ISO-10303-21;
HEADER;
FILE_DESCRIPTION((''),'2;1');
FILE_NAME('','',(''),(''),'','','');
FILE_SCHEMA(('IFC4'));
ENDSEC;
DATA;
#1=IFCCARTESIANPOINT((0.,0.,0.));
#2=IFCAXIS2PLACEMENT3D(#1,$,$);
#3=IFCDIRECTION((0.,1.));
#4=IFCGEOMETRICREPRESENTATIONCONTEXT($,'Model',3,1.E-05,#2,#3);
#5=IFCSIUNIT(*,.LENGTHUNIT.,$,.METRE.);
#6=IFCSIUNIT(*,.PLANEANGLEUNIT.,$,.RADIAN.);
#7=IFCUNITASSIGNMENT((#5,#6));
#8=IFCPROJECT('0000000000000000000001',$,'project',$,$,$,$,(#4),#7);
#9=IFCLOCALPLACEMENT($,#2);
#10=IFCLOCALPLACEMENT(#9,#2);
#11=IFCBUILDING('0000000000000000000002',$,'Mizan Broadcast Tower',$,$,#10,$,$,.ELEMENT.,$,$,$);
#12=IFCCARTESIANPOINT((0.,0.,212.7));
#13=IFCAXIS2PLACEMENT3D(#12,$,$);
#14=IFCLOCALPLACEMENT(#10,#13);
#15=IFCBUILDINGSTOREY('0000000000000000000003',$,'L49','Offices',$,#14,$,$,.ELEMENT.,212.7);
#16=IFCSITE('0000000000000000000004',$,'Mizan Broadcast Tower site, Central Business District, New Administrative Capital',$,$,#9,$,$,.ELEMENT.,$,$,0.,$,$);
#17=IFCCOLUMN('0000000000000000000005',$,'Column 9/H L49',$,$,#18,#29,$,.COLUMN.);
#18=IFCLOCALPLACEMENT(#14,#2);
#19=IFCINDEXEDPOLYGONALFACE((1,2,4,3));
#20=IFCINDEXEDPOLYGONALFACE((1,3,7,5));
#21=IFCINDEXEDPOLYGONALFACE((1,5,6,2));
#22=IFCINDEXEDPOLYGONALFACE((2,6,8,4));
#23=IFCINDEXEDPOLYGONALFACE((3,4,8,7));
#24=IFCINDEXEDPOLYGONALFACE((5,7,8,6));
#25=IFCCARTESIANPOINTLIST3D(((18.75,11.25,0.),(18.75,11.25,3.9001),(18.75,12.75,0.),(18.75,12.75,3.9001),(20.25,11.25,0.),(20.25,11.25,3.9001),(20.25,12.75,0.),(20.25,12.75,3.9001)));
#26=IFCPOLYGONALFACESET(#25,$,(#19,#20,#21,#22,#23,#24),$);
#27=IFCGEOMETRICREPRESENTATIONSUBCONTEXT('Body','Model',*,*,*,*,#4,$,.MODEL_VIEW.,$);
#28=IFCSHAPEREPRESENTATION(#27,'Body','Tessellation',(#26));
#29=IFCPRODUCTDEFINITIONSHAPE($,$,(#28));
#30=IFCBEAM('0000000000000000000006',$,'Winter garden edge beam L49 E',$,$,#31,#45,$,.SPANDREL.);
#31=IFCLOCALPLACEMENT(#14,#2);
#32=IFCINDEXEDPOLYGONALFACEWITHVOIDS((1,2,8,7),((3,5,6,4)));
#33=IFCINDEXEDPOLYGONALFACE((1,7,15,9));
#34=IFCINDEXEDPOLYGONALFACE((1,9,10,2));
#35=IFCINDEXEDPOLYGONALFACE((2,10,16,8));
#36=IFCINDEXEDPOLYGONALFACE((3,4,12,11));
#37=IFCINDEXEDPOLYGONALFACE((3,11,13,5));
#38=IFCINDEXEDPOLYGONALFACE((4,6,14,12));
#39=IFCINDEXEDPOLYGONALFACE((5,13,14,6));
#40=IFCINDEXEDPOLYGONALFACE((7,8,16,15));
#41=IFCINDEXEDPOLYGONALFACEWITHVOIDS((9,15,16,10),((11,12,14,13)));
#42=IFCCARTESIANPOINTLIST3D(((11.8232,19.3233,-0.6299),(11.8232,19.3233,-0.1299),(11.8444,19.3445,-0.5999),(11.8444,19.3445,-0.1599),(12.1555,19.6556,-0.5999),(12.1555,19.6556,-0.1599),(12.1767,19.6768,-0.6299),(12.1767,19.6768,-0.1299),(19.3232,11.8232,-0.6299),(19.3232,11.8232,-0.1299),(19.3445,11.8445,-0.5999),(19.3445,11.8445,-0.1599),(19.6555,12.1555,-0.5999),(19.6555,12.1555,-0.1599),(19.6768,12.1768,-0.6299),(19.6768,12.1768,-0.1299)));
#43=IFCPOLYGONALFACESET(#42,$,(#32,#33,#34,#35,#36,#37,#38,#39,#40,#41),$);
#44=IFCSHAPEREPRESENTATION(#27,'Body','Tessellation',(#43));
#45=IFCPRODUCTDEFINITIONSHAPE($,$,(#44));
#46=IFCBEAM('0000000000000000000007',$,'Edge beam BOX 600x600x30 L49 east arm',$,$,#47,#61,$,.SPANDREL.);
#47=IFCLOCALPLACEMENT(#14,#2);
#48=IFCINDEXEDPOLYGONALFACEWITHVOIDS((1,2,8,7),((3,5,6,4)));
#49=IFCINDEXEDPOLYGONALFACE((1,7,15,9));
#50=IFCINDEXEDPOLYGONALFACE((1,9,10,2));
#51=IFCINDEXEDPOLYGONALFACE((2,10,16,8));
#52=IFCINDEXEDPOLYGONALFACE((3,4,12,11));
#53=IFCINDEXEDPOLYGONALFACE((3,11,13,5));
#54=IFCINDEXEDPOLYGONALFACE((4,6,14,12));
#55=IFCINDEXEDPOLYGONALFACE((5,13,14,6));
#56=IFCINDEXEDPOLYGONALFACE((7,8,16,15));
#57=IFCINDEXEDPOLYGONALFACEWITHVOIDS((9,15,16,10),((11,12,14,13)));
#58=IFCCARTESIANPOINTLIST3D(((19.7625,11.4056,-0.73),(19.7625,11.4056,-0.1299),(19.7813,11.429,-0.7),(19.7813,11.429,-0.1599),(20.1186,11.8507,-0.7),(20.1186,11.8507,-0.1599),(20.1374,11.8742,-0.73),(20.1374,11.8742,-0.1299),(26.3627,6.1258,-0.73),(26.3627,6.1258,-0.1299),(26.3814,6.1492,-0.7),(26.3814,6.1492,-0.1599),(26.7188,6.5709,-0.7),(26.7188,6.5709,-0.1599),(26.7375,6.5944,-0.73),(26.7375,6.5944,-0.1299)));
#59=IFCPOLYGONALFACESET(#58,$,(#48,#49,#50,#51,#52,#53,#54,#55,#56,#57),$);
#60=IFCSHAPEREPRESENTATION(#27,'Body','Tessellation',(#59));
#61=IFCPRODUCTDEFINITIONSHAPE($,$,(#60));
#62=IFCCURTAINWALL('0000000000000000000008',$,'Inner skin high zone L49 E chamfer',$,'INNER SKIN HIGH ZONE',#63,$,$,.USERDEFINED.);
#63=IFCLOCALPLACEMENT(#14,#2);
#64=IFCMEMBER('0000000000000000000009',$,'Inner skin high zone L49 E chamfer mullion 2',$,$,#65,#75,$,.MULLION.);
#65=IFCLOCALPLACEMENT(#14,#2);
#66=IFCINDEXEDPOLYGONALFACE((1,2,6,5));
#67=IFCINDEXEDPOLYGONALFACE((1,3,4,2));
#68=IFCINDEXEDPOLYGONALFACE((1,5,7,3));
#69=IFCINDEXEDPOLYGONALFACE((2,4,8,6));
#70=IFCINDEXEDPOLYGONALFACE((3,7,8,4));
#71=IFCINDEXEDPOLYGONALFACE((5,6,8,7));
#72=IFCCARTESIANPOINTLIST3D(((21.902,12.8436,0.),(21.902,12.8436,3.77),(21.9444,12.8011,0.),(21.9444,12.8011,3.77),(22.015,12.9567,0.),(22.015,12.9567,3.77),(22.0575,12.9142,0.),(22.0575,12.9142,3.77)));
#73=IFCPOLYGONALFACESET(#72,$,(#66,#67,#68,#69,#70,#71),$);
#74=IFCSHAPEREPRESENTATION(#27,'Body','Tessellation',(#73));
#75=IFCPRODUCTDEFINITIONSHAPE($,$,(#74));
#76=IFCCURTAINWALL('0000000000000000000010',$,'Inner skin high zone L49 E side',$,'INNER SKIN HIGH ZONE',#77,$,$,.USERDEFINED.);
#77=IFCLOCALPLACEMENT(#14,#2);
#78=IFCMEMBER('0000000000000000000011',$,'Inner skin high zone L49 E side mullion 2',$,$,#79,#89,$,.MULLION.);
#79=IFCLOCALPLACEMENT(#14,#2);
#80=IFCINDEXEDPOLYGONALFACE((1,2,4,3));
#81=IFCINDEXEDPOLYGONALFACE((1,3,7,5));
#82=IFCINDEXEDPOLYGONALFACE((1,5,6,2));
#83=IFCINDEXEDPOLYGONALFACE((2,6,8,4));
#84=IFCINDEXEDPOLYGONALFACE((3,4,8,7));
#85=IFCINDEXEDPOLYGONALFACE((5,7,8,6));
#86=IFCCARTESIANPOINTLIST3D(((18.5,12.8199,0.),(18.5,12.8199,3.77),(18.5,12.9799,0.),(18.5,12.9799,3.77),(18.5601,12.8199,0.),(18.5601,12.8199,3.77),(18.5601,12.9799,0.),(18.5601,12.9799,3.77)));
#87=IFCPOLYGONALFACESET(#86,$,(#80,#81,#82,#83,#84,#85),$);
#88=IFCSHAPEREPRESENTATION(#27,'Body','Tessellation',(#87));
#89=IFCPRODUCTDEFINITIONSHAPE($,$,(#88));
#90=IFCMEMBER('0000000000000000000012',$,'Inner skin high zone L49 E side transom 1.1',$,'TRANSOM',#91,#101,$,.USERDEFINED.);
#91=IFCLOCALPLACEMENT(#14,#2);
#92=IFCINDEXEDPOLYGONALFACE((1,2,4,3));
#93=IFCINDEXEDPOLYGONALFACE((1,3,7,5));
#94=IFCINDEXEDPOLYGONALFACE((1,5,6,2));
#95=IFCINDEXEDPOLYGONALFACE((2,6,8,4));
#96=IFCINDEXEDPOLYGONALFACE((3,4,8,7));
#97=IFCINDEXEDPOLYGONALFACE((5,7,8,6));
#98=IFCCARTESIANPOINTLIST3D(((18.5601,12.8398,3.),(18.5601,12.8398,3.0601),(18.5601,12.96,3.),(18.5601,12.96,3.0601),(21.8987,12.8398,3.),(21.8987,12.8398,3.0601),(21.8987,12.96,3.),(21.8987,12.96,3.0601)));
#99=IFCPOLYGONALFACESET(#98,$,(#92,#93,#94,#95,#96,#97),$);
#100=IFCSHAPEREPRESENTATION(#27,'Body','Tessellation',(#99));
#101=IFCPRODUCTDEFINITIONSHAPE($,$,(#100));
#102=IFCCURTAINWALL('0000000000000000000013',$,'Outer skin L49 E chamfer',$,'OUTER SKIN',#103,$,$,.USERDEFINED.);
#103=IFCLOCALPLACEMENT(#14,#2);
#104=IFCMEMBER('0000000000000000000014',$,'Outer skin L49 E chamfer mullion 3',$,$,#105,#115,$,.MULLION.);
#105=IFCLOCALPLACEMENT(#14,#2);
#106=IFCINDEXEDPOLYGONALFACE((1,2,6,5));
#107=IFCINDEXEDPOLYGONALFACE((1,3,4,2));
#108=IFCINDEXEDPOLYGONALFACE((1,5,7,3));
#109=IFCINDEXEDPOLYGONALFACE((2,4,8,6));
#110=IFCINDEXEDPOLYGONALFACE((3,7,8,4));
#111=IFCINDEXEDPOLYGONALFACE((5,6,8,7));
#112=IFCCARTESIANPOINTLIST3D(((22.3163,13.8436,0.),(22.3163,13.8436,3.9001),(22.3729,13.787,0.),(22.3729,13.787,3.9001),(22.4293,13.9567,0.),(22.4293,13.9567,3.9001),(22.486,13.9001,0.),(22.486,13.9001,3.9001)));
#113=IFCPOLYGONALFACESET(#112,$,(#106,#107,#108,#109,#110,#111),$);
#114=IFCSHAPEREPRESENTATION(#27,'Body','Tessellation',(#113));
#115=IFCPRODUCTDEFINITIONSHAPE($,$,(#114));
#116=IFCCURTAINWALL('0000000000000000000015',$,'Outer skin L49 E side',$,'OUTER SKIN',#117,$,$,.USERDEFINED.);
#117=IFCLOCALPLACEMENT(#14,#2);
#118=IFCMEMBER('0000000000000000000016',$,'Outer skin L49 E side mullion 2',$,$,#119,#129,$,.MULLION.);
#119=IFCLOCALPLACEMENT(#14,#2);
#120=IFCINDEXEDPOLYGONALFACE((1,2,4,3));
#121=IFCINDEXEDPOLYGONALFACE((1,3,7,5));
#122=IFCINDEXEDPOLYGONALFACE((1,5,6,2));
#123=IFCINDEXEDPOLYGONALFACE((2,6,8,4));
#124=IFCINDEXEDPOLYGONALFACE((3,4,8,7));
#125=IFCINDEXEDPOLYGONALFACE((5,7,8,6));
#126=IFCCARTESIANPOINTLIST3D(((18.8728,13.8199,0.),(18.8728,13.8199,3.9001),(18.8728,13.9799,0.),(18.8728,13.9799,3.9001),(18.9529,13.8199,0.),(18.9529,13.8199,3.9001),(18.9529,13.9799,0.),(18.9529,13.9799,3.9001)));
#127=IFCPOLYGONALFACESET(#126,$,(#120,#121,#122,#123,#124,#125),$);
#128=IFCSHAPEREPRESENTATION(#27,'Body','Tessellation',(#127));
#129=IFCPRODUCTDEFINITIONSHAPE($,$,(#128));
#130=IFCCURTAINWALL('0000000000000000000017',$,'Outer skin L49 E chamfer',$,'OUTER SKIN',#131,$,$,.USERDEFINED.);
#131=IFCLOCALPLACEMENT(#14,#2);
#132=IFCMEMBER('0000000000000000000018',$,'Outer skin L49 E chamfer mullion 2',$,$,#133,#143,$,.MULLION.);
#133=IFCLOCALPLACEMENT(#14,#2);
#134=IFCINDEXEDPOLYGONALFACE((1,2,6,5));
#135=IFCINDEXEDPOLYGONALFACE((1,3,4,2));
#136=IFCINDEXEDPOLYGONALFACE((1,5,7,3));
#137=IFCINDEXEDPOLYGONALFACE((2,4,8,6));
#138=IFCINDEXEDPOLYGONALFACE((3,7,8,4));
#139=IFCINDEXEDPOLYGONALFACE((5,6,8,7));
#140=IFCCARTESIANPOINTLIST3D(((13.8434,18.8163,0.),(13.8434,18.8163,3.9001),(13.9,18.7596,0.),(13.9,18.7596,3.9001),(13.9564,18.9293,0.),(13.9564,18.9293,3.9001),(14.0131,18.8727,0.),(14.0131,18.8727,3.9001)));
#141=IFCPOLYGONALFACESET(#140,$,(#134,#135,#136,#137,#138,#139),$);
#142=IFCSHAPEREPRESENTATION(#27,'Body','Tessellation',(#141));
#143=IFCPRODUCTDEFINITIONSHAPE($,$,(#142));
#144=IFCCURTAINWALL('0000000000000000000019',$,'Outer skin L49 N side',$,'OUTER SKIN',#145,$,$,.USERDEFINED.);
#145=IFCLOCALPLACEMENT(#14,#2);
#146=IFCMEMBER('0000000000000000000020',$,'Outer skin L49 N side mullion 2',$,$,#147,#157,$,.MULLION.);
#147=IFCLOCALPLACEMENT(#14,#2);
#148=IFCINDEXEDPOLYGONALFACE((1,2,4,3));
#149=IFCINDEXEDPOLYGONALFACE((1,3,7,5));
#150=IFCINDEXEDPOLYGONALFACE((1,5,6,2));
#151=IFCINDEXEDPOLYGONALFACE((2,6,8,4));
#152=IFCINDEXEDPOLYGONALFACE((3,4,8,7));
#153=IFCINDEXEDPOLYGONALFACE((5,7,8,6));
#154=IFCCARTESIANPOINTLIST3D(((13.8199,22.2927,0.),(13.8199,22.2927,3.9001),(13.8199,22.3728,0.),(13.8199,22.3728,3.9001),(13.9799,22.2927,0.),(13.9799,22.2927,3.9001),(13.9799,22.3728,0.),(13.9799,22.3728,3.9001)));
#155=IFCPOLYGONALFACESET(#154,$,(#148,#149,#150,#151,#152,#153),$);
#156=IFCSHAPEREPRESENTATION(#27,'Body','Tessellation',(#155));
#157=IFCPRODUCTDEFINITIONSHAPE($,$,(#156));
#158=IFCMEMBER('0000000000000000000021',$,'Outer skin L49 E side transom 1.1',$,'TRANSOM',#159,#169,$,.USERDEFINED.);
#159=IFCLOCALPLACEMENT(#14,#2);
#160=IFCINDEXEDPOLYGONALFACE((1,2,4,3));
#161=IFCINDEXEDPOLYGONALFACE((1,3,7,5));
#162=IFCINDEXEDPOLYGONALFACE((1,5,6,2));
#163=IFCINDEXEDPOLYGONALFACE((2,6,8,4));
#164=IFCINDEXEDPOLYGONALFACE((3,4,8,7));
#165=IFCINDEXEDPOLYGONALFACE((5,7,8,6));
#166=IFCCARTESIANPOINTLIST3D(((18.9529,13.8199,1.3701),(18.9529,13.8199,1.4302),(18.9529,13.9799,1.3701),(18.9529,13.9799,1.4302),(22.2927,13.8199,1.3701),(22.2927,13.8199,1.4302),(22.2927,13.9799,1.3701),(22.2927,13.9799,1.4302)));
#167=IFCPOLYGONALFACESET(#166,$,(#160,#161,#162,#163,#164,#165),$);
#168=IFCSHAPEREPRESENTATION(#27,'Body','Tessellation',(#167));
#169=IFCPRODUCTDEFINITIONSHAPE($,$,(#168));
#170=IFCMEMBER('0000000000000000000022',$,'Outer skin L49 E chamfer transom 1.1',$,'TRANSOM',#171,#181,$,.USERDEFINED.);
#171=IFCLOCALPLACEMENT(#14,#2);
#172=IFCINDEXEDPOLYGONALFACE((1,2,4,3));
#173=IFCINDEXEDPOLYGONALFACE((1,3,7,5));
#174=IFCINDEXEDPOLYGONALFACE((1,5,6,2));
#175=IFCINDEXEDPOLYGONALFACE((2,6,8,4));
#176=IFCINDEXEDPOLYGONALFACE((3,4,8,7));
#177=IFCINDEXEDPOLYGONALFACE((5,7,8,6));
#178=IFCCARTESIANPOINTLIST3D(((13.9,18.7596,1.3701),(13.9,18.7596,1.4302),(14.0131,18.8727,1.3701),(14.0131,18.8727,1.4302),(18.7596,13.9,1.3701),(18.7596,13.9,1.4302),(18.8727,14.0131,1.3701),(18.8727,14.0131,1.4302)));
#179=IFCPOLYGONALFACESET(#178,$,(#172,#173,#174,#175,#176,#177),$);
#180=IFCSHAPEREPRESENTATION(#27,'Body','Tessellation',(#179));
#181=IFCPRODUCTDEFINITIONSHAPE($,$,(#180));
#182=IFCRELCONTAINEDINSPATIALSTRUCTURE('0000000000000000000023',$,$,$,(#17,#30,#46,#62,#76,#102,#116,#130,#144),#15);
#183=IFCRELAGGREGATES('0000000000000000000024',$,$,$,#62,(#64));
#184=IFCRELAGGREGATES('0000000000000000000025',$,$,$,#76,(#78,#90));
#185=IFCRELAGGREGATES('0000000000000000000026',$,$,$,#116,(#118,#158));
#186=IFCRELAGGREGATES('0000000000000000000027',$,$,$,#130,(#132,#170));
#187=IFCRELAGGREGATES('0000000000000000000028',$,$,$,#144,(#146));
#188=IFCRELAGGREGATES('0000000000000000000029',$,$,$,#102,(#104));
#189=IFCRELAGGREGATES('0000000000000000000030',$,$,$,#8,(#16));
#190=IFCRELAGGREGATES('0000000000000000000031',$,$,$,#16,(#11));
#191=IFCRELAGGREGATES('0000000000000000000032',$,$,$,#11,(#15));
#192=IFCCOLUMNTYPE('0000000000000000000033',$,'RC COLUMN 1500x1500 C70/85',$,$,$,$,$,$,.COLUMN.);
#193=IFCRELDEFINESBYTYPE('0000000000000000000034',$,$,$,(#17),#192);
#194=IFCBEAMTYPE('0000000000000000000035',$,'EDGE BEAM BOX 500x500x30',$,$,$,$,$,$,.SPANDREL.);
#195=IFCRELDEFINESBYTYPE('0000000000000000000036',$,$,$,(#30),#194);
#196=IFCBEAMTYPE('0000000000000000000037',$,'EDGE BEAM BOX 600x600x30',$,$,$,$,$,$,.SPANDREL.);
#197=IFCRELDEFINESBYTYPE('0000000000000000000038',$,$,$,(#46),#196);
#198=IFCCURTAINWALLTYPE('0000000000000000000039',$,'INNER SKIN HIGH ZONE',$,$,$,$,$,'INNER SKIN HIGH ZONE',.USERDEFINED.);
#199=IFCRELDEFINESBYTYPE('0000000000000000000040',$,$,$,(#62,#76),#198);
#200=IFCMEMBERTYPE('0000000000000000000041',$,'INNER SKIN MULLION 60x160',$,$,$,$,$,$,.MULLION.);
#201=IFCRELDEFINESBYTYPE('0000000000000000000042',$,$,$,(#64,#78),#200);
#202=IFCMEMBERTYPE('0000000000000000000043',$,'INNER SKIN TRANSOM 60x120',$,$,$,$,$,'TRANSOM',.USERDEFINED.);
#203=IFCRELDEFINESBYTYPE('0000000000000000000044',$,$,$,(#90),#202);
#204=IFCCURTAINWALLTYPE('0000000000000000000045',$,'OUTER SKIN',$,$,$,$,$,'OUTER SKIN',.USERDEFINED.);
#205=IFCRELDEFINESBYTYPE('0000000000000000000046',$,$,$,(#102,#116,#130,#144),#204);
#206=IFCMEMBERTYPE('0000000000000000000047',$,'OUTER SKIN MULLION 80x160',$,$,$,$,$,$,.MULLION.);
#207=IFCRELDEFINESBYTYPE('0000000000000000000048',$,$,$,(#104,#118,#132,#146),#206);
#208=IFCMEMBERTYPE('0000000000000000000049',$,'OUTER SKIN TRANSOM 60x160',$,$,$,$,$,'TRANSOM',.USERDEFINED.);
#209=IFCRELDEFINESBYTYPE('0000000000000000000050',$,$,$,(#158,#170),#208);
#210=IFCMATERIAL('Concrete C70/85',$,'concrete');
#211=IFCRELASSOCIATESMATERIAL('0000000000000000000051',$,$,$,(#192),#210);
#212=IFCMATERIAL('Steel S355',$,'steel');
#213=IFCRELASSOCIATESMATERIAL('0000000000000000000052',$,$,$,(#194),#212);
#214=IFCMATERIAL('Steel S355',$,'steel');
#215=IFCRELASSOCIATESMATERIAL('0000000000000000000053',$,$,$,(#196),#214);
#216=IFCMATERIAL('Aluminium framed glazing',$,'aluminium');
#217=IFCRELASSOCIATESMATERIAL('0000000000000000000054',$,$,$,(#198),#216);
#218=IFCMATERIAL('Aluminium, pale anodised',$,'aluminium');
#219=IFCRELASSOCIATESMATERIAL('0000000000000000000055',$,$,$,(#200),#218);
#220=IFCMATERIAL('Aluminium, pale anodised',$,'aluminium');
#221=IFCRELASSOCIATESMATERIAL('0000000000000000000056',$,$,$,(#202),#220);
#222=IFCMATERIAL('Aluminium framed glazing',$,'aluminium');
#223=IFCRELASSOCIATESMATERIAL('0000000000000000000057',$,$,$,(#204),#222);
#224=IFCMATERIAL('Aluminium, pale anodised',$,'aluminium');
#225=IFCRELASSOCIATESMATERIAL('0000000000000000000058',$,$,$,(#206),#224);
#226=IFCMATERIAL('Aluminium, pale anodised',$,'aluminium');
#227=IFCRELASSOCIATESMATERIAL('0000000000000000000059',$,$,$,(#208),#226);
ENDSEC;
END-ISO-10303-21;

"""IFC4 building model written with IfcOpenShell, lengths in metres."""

from ifc_helpers import new_model, si_unit, direction, frame, origin, origin_2d, place, context, subcontext, project, spatial, rectangle, hollow_rectangle, extrude, material, material_profile, profile_set, type_object, element, aggregate, save


model = new_model("IFC4")

# Units and contexts
model_context = context("Model", 3, precision=1e-05, world=origin(), true_north=direction((0.0, 1.0)))
body_context = subcontext(model_context, "Body", "Model", "MODEL_VIEW")
ifc_project = project(units=[si_unit("LENGTHUNIT", "METRE"), si_unit("PLANEANGLEUNIT", "RADIAN")], contexts=[model_context])

# Site, building, storey
site_placement = place(None, origin())
site = spatial("IfcSite", under=ifc_project, at=site_placement, Name="Mizan Broadcast Tower site, Central Business District, New Administrative Capital", CompositionType="ELEMENT", RefElevation=0.0)
building_placement = place(site_placement, origin())
building = spatial("IfcBuilding", under=site, at=building_placement, Name="Mizan Broadcast Tower", CompositionType="ELEMENT")
storey_placement = place(building_placement, frame((0.0, 0.0, 212.7)))
storey = spatial("IfcBuildingStorey", under=building, at=storey_placement, Name="L49", Description="Offices", CompositionType="ELEMENT", Elevation=212.7)

# Column
ifc_material_1 = material(Name="Concrete C70/85", Category="concrete")
ifc_material_profile_1 = material_profile(ifc_material_1, rectangle(XDim=1.5, YDim=1.5, at=origin_2d()), Name="RC 1500x1500")
ifc_profile_set_1 = profile_set([ifc_material_profile_1], Name="Concrete C70/85")
column_type = type_object("IfcColumnType", Name="RC COLUMN 1500x1500 C70/85", PredefinedType="COLUMN", material=ifc_profile_set_1)
column_placement = place(storey_placement, frame((19.5, 12.0, 0.0), z_axis=(0.0, 0.0, 1.0), x_axis=(1.0, 0.0, 0.0)))
element("IfcColumn", 1, at=column_placement, inside=storey, type_object=column_type, Name="Column 9/H L49", PredefinedType="COLUMN", context=body_context, shape_type="SweptSolid", body=[
    extrude(rectangle(XDim=1.5, YDim=1.5, at=origin_2d()), origin(), (0.0, 0.0, 1.0), 3.9001),
])

# Beams
ifc_material_2 = material(Name="Steel S355", Category="steel")
ifc_material_profile_2 = material_profile(ifc_material_2, hollow_rectangle(XDim=0.5, YDim=0.5, WallThickness=0.03, at=origin_2d()), Name="BOX 500x500x30")
ifc_profile_set_2 = profile_set([ifc_material_profile_2], Name="Steel S355")
beam_type_1 = type_object("IfcBeamType", Name="EDGE BEAM BOX 500x500x30", PredefinedType="SPANDREL", material=ifc_profile_set_2)
beam_1_placement = place(storey_placement, frame((19.5, 12.0, -0.3799), z_axis=(-0.707107, 0.707107, 0.0), x_axis=(-0.707107, -0.707107, 0.0)))
element("IfcBeam", 2, at=beam_1_placement, inside=storey, type_object=beam_type_1, Name="Winter garden edge beam L49 E", PredefinedType="SPANDREL", context=body_context, shape_type="SweptSolid", body=[
    extrude(hollow_rectangle(XDim=0.5, YDim=0.5, WallThickness=0.03, at=origin_2d()), origin(), (0.0, 0.0, 1.0), 10.6067),
])
ifc_material_3 = material(Name="Steel S355", Category="steel")
ifc_material_profile_3 = material_profile(ifc_material_3, hollow_rectangle(XDim=0.6001, YDim=0.6001, WallThickness=0.03, at=origin_2d()), Name="BOX 600x600x30")
ifc_profile_set_3 = profile_set([ifc_material_profile_3], Name="Steel S355")
beam_type_2 = type_object("IfcBeamType", Name="EDGE BEAM BOX 600x600x30", PredefinedType="SPANDREL", material=ifc_profile_set_3)
beam_2_placement = place(storey_placement, frame((19.95, 11.6399, -0.4299), z_axis=(0.780886, -0.624674, 0.0), x_axis=(0.624674, 0.780886, 0.0)))
element("IfcBeam", 3, at=beam_2_placement, inside=storey, type_object=beam_type_2, Name="Edge beam BOX 600x600x30 L49 east arm", PredefinedType="SPANDREL", context=body_context, shape_type="SweptSolid", body=[
    extrude(hollow_rectangle(XDim=0.6001, YDim=0.6001, WallThickness=0.03, at=origin_2d()), origin(), (0.0, 0.0, 1.0), 8.4521),
])

# Curtain wall, member
ifc_material_4 = material(Name="Aluminium framed glazing", Category="aluminium")
curtain_wall_type_1 = type_object("IfcCurtainWallType", Name="INNER SKIN HIGH ZONE", ElementType="INNER SKIN HIGH ZONE", PredefinedType="USERDEFINED", material=ifc_material_4)
curtain_wall_1_placement = place(storey_placement, origin())
curtain_wall_1 = element("IfcCurtainWall", 4, at=curtain_wall_1_placement, inside=storey, type_object=curtain_wall_type_1, Name="Inner skin high zone L49 E chamfer", ObjectType="INNER SKIN HIGH ZONE", PredefinedType="USERDEFINED")
ifc_material_5 = material(Name="Aluminium, pale anodised", Category="aluminium")
ifc_material_profile_4 = material_profile(ifc_material_5, rectangle(XDim=0.1599, YDim=0.0601, at=origin_2d()), Name="MULLION 160x60")
ifc_profile_set_4 = profile_set([ifc_material_profile_4], Name="Aluminium, pale anodised")
member_type_1 = type_object("IfcMemberType", Name="INNER SKIN MULLION 60x160", PredefinedType="MULLION", material=ifc_profile_set_4)
member_1_placement = place(storey_placement, frame((21.9797, 12.8789, 0.0), z_axis=(0.0, 0.0, 1.0), x_axis=(-0.707107, -0.707107, 0.0)))
member_1 = element("IfcMember", 5, at=member_1_placement, type_object=member_type_1, Name="Inner skin high zone L49 E chamfer mullion 2", PredefinedType="MULLION", context=body_context, shape_type="SweptSolid", body=[
    extrude(rectangle(XDim=0.1599, YDim=0.0601, at=origin_2d()), origin(), (0.0, 0.0, 1.0), 3.77),
])
aggregate(curtain_wall_1, [member_1])

# Curtain wall, members
curtain_wall_2_placement = place(storey_placement, origin())
curtain_wall_2 = element("IfcCurtainWall", 6, at=curtain_wall_2_placement, inside=storey, type_object=curtain_wall_type_1, Name="Inner skin high zone L49 E side", ObjectType="INNER SKIN HIGH ZONE", PredefinedType="USERDEFINED")
member_2_placement = place(storey_placement, frame((18.53, 12.8999, 0.0), z_axis=(0.0, 0.0, 1.0), x_axis=(0.0, -1.0, 0.0)))
member_2 = element("IfcMember", 7, at=member_2_placement, type_object=member_type_1, Name="Inner skin high zone L49 E side mullion 2", PredefinedType="MULLION", context=body_context, shape_type="SweptSolid", body=[
    extrude(rectangle(XDim=0.1599, YDim=0.0601, at=origin_2d()), origin(), (0.0, 0.0, 1.0), 3.77),
])
ifc_material_6 = material(Name="Aluminium, pale anodised", Category="aluminium")
ifc_material_profile_5 = material_profile(ifc_material_6, rectangle(XDim=0.1201, YDim=0.0601, at=origin_2d()), Name="TRANSOM 120x60")
ifc_profile_set_5 = profile_set([ifc_material_profile_5], Name="Aluminium, pale anodised")
member_type_2 = type_object("IfcMemberType", Name="INNER SKIN TRANSOM 60x120", ElementType="TRANSOM", PredefinedType="USERDEFINED", material=ifc_profile_set_5)
member_3_placement = place(storey_placement, frame((21.8987, 12.8999, 3.03), z_axis=(-1.0, 0.0, 0.0), x_axis=(0.0, -1.0, 0.0)))
member_3 = element("IfcMember", 8, at=member_3_placement, type_object=member_type_2, Name="Inner skin high zone L49 E side transom 1.1", ObjectType="TRANSOM", PredefinedType="USERDEFINED", context=body_context, shape_type="SweptSolid", body=[
    extrude(rectangle(XDim=0.1201, YDim=0.0601, at=origin_2d()), origin(), (0.0, 0.0, 1.0), 3.3386),
])

# Curtain walls, members
ifc_material_7 = material(Name="Aluminium framed glazing", Category="aluminium")
curtain_wall_type_2 = type_object("IfcCurtainWallType", Name="OUTER SKIN", ElementType="OUTER SKIN", PredefinedType="USERDEFINED", material=ifc_material_7)
curtain_wall_3_placement = place(storey_placement, origin())
curtain_wall_3 = element("IfcCurtainWall", 9, at=curtain_wall_3_placement, inside=storey, type_object=curtain_wall_type_2, Name="Outer skin L49 E chamfer", ObjectType="OUTER SKIN", PredefinedType="USERDEFINED")
ifc_material_8 = material(Name="Aluminium, pale anodised", Category="aluminium")
ifc_material_profile_6 = material_profile(ifc_material_8, rectangle(XDim=0.1599, YDim=0.0801, at=origin_2d()), Name="MULLION 160x80")
ifc_profile_set_6 = profile_set([ifc_material_profile_6], Name="Aluminium, pale anodised")
member_type_3 = type_object("IfcMemberType", Name="OUTER SKIN MULLION 80x160", PredefinedType="MULLION", material=ifc_profile_set_6)
member_4_placement = place(storey_placement, frame((22.4011, 13.8718, 0.0), z_axis=(0.0, 0.0, 1.0), x_axis=(-0.707107, -0.707107, 0.0)))
member_4 = element("IfcMember", 10, at=member_4_placement, type_object=member_type_3, Name="Outer skin L49 E chamfer mullion 3", PredefinedType="MULLION", context=body_context, shape_type="SweptSolid", body=[
    extrude(rectangle(XDim=0.1599, YDim=0.0801, at=origin_2d()), origin(), (0.0, 0.0, 1.0), 3.9001),
])
curtain_wall_4_placement = place(storey_placement, origin())
curtain_wall_4 = element("IfcCurtainWall", 11, at=curtain_wall_4_placement, inside=storey, type_object=curtain_wall_type_2, Name="Outer skin L49 E side", ObjectType="OUTER SKIN", PredefinedType="USERDEFINED")
member_5_placement = place(storey_placement, frame((18.9128, 13.8999, 0.0), z_axis=(0.0, 0.0, 1.0), x_axis=(0.0, -1.0, 0.0)))
member_5 = element("IfcMember", 12, at=member_5_placement, type_object=member_type_3, Name="Outer skin L49 E side mullion 2", PredefinedType="MULLION", context=body_context, shape_type="SweptSolid", body=[
    extrude(rectangle(XDim=0.1599, YDim=0.0801, at=origin_2d()), origin(), (0.0, 0.0, 1.0), 3.9001),
])
curtain_wall_5_placement = place(storey_placement, origin())
curtain_wall_5 = element("IfcCurtainWall", 13, at=curtain_wall_5_placement, inside=storey, type_object=curtain_wall_type_2, Name="Outer skin L49 E chamfer", ObjectType="OUTER SKIN", PredefinedType="USERDEFINED")
member_6_placement = place(storey_placement, frame((13.9282, 18.8445, 0.0), z_axis=(0.0, 0.0, 1.0), x_axis=(-0.707107, -0.707107, 0.0)))
member_6 = element("IfcMember", 14, at=member_6_placement, type_object=member_type_3, Name="Outer skin L49 E chamfer mullion 2", PredefinedType="MULLION", context=body_context, shape_type="SweptSolid", body=[
    extrude(rectangle(XDim=0.1599, YDim=0.0801, at=origin_2d()), origin(), (0.0, 0.0, 1.0), 3.9001),
])
curtain_wall_6_placement = place(storey_placement, origin())
curtain_wall_6 = element("IfcCurtainWall", 15, at=curtain_wall_6_placement, inside=storey, type_object=curtain_wall_type_2, Name="Outer skin L49 N side", ObjectType="OUTER SKIN", PredefinedType="USERDEFINED")
member_7_placement = place(storey_placement, frame((13.8999, 22.3328, 0.0), z_axis=(0.0, 0.0, 1.0), x_axis=(-1.0, 0.0, 0.0)))
member_7 = element("IfcMember", 16, at=member_7_placement, type_object=member_type_3, Name="Outer skin L49 N side mullion 2", PredefinedType="MULLION", context=body_context, shape_type="SweptSolid", body=[
    extrude(rectangle(XDim=0.1599, YDim=0.0801, at=origin_2d()), origin(), (0.0, 0.0, 1.0), 3.9001),
])

# Members
ifc_material_9 = material(Name="Aluminium, pale anodised", Category="aluminium")
ifc_material_profile_7 = material_profile(ifc_material_9, rectangle(XDim=0.1599, YDim=0.0601, at=origin_2d()), Name="TRANSOM 160x60")
ifc_profile_set_7 = profile_set([ifc_material_profile_7], Name="Aluminium, pale anodised")
member_type_4 = type_object("IfcMemberType", Name="OUTER SKIN TRANSOM 60x160", ElementType="TRANSOM", PredefinedType="USERDEFINED", material=ifc_profile_set_7)
member_8_placement = place(storey_placement, frame((22.2927, 13.8999, 1.4001), z_axis=(-1.0, 0.0, 0.0), x_axis=(0.0, -1.0, 0.0)))
member_8 = element("IfcMember", 17, at=member_8_placement, type_object=member_type_4, Name="Outer skin L49 E side transom 1.1", ObjectType="TRANSOM", PredefinedType="USERDEFINED", context=body_context, shape_type="SweptSolid", body=[
    extrude(rectangle(XDim=0.1599, YDim=0.0601, at=origin_2d()), origin(), (0.0, 0.0, 1.0), 3.3398),
])
member_9_placement = place(storey_placement, frame((18.8162, 13.9565, 1.4001), z_axis=(-0.707107, 0.707107, 0.0), x_axis=(-0.707107, -0.707107, 0.0)))
member_9 = element("IfcMember", 18, at=member_9_placement, type_object=member_type_4, Name="Outer skin L49 E chamfer transom 1.1", ObjectType="TRANSOM", PredefinedType="USERDEFINED", context=body_context, shape_type="SweptSolid", body=[
    extrude(rectangle(XDim=0.1599, YDim=0.0601, at=origin_2d()), origin(), (0.0, 0.0, 1.0), 6.8726),
])

aggregate(curtain_wall_2, [member_2, member_3])
aggregate(curtain_wall_4, [member_5, member_8])
aggregate(curtain_wall_5, [member_6, member_9])
aggregate(curtain_wall_6, [member_7])
aggregate(curtain_wall_3, [member_4])

save(model, "model.ifc")
